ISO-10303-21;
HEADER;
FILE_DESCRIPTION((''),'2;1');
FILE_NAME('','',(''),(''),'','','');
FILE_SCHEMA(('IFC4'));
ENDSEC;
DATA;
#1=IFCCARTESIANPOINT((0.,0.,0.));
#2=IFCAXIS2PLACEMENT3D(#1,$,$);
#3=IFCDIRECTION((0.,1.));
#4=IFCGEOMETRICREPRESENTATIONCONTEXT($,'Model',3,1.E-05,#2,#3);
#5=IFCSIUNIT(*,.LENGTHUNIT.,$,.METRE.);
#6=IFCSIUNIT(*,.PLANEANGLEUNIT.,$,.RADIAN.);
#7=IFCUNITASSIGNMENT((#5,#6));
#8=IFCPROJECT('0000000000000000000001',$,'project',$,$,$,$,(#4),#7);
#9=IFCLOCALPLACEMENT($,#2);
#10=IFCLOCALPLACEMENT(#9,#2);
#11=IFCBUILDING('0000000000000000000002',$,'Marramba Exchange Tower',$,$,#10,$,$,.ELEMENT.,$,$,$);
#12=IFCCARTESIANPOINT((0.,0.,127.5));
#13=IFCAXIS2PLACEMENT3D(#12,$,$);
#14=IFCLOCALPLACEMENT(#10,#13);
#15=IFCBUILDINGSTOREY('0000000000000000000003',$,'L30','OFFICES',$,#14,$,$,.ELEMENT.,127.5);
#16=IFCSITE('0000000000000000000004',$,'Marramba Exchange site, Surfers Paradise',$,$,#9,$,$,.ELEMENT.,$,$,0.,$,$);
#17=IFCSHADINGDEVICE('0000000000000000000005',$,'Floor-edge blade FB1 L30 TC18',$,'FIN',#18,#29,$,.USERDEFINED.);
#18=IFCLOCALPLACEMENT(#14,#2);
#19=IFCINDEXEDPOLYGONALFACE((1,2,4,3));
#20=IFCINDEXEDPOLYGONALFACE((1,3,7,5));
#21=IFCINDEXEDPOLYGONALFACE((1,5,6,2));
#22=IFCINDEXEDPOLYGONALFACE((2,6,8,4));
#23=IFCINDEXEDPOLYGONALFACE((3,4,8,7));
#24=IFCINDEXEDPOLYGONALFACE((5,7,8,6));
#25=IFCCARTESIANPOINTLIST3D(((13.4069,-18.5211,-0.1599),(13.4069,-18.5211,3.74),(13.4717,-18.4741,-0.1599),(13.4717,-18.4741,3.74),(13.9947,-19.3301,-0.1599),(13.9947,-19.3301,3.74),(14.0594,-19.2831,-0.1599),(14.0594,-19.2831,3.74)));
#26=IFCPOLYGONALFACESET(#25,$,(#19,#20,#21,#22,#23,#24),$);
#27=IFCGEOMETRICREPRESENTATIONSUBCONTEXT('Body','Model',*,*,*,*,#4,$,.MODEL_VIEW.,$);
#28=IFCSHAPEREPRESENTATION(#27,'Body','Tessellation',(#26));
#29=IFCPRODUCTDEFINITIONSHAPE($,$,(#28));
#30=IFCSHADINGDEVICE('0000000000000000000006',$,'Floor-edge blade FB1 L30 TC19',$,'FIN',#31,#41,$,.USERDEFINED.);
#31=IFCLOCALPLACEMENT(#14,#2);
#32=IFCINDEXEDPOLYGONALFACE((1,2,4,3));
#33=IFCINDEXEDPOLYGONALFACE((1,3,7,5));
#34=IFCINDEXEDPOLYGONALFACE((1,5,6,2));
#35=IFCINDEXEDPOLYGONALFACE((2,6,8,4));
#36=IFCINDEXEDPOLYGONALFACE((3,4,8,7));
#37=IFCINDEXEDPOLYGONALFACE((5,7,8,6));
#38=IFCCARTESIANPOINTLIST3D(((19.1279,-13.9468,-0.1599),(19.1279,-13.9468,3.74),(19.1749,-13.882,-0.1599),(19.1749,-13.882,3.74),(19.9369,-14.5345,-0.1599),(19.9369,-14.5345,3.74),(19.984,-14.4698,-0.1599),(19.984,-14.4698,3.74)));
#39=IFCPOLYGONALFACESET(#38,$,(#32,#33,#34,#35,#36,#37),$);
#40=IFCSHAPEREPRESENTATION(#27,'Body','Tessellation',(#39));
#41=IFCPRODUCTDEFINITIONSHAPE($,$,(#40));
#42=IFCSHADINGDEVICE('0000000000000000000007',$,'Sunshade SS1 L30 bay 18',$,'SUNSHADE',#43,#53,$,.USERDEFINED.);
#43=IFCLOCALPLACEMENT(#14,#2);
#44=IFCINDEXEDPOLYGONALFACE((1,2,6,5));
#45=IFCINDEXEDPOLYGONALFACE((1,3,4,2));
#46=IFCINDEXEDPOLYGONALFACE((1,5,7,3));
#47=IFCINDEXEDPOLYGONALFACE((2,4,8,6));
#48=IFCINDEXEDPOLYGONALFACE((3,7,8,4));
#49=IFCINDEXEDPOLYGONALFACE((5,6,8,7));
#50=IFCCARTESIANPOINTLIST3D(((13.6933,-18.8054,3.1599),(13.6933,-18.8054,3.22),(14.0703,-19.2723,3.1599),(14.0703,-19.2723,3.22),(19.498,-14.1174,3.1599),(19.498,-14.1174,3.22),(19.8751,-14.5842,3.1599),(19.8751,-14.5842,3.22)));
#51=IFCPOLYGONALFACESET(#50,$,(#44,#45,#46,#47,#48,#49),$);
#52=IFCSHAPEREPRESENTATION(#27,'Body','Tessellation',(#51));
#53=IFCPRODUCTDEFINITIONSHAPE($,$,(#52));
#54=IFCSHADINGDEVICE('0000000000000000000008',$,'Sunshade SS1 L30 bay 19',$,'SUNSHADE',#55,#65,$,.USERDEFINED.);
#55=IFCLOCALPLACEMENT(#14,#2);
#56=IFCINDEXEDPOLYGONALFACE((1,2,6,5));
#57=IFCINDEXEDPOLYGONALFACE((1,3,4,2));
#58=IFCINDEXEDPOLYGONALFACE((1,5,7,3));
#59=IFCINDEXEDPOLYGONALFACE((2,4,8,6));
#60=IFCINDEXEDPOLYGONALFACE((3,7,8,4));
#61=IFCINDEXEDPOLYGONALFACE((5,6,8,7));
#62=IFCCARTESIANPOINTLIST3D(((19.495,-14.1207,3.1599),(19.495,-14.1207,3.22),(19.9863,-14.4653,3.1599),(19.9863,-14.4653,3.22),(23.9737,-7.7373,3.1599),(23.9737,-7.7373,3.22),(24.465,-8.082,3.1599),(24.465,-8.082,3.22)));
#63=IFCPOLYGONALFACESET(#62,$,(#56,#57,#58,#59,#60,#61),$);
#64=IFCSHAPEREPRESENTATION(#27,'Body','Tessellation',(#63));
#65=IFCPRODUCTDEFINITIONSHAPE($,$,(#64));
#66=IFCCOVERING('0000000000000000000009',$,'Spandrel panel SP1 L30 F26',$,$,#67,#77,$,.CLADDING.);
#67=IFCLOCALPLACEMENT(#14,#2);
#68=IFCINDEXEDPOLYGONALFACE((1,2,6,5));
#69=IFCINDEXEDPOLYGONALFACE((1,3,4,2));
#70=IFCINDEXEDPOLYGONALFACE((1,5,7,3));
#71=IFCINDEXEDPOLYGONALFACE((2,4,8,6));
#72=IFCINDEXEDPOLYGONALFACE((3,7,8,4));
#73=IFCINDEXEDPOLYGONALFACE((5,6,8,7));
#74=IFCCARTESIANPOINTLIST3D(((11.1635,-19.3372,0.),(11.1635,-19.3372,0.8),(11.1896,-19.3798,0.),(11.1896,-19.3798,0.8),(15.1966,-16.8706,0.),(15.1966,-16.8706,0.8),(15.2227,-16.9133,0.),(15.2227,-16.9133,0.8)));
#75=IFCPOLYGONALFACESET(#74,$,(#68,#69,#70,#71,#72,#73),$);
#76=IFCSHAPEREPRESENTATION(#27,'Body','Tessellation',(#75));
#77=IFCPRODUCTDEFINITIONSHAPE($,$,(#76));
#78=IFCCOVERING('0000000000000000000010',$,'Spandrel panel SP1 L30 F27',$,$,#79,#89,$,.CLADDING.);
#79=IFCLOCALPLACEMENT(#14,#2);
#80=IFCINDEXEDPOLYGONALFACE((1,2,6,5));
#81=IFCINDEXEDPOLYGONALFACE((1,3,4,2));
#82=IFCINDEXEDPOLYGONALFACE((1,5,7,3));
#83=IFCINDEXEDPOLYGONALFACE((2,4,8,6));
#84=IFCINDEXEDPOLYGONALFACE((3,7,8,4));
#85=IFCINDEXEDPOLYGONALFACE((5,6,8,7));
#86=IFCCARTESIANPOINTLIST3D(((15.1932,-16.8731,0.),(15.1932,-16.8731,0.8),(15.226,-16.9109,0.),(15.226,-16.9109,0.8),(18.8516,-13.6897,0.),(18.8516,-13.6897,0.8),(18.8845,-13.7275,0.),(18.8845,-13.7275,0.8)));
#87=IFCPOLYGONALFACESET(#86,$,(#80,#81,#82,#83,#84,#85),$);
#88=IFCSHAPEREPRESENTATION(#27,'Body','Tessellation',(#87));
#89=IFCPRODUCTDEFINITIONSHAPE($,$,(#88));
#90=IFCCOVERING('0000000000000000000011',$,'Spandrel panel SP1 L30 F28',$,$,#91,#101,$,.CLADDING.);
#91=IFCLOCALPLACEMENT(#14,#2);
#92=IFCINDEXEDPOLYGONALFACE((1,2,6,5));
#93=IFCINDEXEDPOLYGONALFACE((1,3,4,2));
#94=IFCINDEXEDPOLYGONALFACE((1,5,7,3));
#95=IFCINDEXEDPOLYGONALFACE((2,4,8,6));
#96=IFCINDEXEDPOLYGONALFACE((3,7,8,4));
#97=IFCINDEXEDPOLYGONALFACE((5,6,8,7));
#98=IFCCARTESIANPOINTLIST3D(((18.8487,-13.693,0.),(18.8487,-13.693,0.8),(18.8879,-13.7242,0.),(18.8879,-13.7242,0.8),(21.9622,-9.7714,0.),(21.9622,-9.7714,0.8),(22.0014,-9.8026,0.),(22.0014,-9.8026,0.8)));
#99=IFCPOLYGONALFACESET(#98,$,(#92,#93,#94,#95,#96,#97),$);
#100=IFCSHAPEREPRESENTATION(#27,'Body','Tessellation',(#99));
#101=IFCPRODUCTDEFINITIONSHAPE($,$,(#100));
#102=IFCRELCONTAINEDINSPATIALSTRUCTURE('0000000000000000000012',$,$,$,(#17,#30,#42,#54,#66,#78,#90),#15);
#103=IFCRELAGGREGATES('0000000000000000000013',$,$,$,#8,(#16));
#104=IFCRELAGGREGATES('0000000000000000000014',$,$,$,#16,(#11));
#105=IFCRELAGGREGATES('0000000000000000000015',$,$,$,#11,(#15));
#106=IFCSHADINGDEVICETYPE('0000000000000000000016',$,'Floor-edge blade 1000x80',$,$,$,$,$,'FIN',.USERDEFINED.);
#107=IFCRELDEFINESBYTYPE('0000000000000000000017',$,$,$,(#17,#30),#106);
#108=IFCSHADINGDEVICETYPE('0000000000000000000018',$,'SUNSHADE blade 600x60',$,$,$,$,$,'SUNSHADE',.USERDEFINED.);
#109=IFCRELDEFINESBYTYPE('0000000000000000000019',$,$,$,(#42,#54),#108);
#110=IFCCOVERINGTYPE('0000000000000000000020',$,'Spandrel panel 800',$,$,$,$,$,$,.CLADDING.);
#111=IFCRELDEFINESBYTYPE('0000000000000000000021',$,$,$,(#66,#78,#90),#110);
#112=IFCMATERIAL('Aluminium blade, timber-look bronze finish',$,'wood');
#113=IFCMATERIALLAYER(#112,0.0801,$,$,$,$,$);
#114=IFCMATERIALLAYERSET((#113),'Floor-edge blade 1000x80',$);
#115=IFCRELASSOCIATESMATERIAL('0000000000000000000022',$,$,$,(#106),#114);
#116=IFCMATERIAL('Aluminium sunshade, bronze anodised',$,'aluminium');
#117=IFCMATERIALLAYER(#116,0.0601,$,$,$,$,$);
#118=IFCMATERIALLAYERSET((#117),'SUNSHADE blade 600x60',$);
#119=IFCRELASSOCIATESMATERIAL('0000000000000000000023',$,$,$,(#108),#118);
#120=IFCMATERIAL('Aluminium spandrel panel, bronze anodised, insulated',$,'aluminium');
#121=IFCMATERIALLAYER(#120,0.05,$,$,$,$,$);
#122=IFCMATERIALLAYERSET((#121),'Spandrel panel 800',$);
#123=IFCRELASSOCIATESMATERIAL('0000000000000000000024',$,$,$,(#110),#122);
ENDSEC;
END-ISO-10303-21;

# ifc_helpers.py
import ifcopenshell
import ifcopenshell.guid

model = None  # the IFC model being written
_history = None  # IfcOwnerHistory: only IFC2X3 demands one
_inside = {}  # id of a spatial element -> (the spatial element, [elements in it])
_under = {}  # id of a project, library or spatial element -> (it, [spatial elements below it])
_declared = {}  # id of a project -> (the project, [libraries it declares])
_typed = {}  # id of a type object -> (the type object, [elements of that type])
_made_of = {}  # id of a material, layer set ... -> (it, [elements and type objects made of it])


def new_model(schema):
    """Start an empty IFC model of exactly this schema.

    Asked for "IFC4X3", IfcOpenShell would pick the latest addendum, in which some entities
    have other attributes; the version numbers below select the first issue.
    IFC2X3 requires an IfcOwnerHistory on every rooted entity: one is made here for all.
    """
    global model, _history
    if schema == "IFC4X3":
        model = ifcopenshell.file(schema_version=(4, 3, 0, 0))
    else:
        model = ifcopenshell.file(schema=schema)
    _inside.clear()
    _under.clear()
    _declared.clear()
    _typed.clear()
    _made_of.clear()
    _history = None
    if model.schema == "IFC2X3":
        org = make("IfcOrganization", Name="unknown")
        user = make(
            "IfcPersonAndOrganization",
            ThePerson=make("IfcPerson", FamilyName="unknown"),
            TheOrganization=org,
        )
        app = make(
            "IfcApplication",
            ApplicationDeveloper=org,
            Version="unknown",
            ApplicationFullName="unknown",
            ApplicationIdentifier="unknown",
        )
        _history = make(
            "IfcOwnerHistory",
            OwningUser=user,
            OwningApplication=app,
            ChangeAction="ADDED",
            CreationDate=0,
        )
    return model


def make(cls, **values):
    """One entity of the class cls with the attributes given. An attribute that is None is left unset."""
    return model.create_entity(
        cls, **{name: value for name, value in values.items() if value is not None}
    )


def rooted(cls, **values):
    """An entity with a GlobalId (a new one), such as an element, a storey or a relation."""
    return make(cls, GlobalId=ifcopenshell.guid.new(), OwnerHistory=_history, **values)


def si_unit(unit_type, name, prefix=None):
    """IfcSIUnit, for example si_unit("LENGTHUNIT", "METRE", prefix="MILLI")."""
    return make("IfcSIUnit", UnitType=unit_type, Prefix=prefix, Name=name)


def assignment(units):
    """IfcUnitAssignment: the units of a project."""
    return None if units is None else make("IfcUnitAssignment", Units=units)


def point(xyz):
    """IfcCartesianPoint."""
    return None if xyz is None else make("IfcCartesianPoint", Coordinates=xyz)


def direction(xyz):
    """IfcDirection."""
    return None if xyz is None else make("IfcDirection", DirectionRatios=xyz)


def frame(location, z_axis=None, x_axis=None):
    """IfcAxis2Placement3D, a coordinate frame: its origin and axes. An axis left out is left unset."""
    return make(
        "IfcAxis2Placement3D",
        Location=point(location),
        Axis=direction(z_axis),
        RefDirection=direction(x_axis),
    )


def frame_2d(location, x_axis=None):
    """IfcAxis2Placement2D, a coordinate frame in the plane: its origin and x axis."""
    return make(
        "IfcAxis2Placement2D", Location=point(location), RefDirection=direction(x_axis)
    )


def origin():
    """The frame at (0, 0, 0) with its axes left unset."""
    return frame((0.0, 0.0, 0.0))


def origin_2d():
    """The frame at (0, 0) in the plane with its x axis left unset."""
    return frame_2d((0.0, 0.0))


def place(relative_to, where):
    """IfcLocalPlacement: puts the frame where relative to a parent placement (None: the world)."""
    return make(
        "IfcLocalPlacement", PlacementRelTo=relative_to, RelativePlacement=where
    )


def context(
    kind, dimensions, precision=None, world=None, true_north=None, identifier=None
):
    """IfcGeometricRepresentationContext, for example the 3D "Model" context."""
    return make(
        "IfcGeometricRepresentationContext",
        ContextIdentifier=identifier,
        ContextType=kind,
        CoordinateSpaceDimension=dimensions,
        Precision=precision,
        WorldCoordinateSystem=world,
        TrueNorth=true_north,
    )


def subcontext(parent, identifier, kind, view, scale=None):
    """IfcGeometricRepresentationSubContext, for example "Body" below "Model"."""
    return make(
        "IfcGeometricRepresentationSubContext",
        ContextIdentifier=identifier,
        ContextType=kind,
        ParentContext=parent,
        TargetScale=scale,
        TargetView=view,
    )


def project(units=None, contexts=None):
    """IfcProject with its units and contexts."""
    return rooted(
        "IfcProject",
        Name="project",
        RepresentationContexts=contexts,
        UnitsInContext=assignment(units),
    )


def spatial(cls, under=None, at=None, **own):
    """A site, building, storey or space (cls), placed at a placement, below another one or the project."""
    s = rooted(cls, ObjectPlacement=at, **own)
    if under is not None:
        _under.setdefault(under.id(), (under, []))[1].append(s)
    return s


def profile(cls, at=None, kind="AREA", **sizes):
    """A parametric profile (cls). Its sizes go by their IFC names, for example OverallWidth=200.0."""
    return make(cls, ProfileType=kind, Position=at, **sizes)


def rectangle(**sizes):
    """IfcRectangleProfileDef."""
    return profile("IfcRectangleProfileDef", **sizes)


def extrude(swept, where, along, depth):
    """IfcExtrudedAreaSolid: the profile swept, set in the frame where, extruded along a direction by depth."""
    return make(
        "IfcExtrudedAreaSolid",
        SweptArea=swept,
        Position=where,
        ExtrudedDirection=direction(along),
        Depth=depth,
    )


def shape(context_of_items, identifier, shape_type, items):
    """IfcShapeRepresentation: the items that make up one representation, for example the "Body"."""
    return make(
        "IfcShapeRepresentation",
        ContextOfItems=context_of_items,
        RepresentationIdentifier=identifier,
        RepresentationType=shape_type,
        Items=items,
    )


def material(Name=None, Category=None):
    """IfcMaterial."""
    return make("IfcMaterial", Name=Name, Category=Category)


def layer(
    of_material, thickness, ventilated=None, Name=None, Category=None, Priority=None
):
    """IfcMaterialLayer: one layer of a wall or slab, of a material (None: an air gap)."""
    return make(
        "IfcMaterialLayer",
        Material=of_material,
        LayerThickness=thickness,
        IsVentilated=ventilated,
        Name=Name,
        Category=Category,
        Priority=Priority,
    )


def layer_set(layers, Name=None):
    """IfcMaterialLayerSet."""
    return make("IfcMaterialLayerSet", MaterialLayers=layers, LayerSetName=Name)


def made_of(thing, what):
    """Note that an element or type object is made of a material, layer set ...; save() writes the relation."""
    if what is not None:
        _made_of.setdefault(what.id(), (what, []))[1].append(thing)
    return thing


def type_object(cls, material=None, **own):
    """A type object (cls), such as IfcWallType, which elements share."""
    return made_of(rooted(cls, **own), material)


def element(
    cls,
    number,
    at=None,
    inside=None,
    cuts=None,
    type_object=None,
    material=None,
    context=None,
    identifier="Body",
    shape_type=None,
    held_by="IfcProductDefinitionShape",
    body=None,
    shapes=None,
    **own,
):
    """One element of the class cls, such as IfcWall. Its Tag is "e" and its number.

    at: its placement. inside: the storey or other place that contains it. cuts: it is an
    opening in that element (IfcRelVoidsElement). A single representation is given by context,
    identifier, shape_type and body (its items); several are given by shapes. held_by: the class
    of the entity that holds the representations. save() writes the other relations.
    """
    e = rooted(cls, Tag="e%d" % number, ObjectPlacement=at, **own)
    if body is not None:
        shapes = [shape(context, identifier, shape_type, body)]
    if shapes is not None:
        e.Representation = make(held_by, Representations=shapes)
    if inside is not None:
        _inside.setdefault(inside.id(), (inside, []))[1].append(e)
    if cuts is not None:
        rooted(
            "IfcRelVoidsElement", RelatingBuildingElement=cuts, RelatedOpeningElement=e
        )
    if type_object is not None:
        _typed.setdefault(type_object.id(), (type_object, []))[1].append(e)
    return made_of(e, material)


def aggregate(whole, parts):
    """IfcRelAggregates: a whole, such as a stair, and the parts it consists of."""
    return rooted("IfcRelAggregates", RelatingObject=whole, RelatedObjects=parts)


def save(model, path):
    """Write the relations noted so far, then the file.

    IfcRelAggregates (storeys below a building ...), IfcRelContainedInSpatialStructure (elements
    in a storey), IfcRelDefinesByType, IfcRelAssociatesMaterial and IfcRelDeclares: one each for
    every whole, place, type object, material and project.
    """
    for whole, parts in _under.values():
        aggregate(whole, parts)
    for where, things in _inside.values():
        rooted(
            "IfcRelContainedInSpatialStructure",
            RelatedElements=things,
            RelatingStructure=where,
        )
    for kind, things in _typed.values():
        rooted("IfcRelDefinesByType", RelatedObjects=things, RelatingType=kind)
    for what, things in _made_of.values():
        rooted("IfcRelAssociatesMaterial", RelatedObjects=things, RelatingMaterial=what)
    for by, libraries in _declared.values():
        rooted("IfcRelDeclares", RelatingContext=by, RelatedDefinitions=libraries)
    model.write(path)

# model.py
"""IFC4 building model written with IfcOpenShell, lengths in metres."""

from ifc_helpers import new_model, si_unit, direction, frame, origin, origin_2d, place, context, subcontext, project, spatial, rectangle, extrude, material, layer, layer_set, type_object, element, save


model = new_model("IFC4")

# Units and contexts
model_context = context("Model", 3, precision=1e-05, world=origin(), true_north=direction((0.0, 1.0)))
body_context = subcontext(model_context, "Body", "Model", "MODEL_VIEW")
ifc_project = project(units=[si_unit("LENGTHUNIT", "METRE"), si_unit("PLANEANGLEUNIT", "RADIAN")], contexts=[model_context])

# Site, building, storey
site_placement = place(None, origin())
site = spatial("IfcSite", under=ifc_project, at=site_placement, Name="Marramba Exchange site, Surfers Paradise", CompositionType="ELEMENT", RefElevation=0.0)
building_placement = place(site_placement, origin())
building = spatial("IfcBuilding", under=site, at=building_placement, Name="Marramba Exchange Tower", CompositionType="ELEMENT")
storey_placement = place(building_placement, frame((0.0, 0.0, 127.5)))
storey = spatial("IfcBuildingStorey", under=building, at=storey_placement, Name="L30", Description="OFFICES", CompositionType="ELEMENT", Elevation=127.5)

# Shading devices
ifc_material_1 = material(Name="Aluminium blade, timber-look bronze finish", Category="wood")
ifc_layer_1 = layer(ifc_material_1, 0.0801)
ifc_layer_set_1 = layer_set([ifc_layer_1], Name="Floor-edge blade 1000x80")
shading_device_type_1 = type_object("IfcShadingDeviceType", Name="Floor-edge blade 1000x80", ElementType="FIN", PredefinedType="USERDEFINED", material=ifc_layer_set_1)
for number, where, z_axis, x_axis, name in (
    (1, (13.7332, -18.9021, -0.1599), (0.0, 0.0, 1.0), (0.587785, -0.809017, 0.0), "Floor-edge blade FB1 L30 TC18"),
    (2, (19.5559, -14.2083, -0.1599), (0.0, 0.0, 1.0), (0.809017, -0.587785, 0.0), "Floor-edge blade FB1 L30 TC19"),
):
    element("IfcShadingDevice", number, at=place(storey_placement, frame(where, z_axis=z_axis, x_axis=x_axis)), inside=storey, type_object=shading_device_type_1, Name=name, ObjectType="FIN", PredefinedType="USERDEFINED", context=body_context, shape_type="SweptSolid", body=[
        extrude(rectangle(XDim=1.0, YDim=0.0801, at=origin_2d()), origin(), (0.0, 0.0, 1.0), 3.8999),
    ])
ifc_material_2 = material(Name="Aluminium sunshade, bronze anodised", Category="aluminium")
ifc_layer_2 = layer(ifc_material_2, 0.0601)
ifc_layer_set_2 = layer_set([ifc_layer_2], Name="SUNSHADE blade 600x60")
shading_device_type_2 = type_object("IfcShadingDeviceType", Name="SUNSHADE blade 600x60", ElementType="SUNSHADE", PredefinedType="USERDEFINED", material=ifc_layer_set_2)
shading_device_1_placement = place(storey_placement, frame((16.7842, -16.6948, 3.1599), z_axis=(0.0, 0.0, 1.0), x_axis=(0.777962, 0.628311, 0.0)))
element("IfcShadingDevice", 3, at=shading_device_1_placement, inside=storey, type_object=shading_device_type_2, Name="Sunshade SS1 L30 bay 18", ObjectType="SUNSHADE", PredefinedType="USERDEFINED", context=body_context, shape_type="SweptSolid", body=[
    extrude(rectangle(XDim=7.4614, YDim=0.6001, at=origin_2d()), origin(), (0.0, 0.0, 1.0), 0.0601),
])
shading_device_2_placement = place(storey_placement, frame((21.98, -11.1013, 3.1599), z_axis=(0.0, 0.0, 1.0), x_axis=(0.574351, 0.818609, 0.0)))
element("IfcShadingDevice", 4, at=shading_device_2_placement, inside=storey, type_object=shading_device_type_2, Name="Sunshade SS1 L30 bay 19", ObjectType="SUNSHADE", PredefinedType="USERDEFINED", context=body_context, shape_type="SweptSolid", body=[
    extrude(rectangle(XDim=7.7979, YDim=0.6001, at=origin_2d()), origin(), (0.0, 0.0, 1.0), 0.0601),
])

# Coverings
ifc_material_3 = material(Name="Aluminium spandrel panel, bronze anodised, insulated", Category="aluminium")
ifc_layer_3 = layer(ifc_material_3, 0.05)
ifc_layer_set_3 = layer_set([ifc_layer_3], Name="Spandrel panel 800")
covering_type = type_object("IfcCoveringType", Name="Spandrel panel 800", PredefinedType="CLADDING", material=ifc_layer_set_3)
covering_1_placement = place(storey_placement, frame((13.1931, -18.1252, 0.0), z_axis=(0.0, 0.0, 1.0), x_axis=(0.853109, 0.521733, 0.0)))
element("IfcCovering", 5, at=covering_1_placement, inside=storey, type_object=covering_type, Name="Spandrel panel SP1 L30 F26", PredefinedType="CLADDING", context=body_context, shape_type="SweptSolid", body=[
    extrude(rectangle(XDim=4.7275, YDim=0.05, at=origin_2d()), origin(), (0.0, 0.0, 1.0), 0.8),
])
covering_2_placement = place(storey_placement, frame((17.0388, -15.3003, 0.0), z_axis=(0.0, 0.0, 1.0), x_axis=(0.754386, 0.656432, 0.0)))
element("IfcCovering", 6, at=covering_2_placement, inside=storey, type_object=covering_type, Name="Spandrel panel SP1 L30 F27", PredefinedType="CLADDING", context=body_context, shape_type="SweptSolid", body=[
    extrude(rectangle(XDim=4.8496, YDim=0.05, at=origin_2d()), origin(), (0.0, 0.0, 1.0), 0.8),
])
covering_3_placement = place(storey_placement, frame((20.425, -11.7478, 0.0), z_axis=(0.0, 0.0, 1.0), x_axis=(0.621807, 0.78317, 0.0)))
element("IfcCovering", 7, at=covering_3_placement, inside=storey, type_object=covering_type, Name="Spandrel panel SP1 L30 F28", PredefinedType="CLADDING", context=body_context, shape_type="SweptSolid", body=[
    extrude(rectangle(XDim=5.0073, YDim=0.05, at=origin_2d()), origin(), (0.0, 0.0, 1.0), 0.8),
])

save(model, "model.ifc")
